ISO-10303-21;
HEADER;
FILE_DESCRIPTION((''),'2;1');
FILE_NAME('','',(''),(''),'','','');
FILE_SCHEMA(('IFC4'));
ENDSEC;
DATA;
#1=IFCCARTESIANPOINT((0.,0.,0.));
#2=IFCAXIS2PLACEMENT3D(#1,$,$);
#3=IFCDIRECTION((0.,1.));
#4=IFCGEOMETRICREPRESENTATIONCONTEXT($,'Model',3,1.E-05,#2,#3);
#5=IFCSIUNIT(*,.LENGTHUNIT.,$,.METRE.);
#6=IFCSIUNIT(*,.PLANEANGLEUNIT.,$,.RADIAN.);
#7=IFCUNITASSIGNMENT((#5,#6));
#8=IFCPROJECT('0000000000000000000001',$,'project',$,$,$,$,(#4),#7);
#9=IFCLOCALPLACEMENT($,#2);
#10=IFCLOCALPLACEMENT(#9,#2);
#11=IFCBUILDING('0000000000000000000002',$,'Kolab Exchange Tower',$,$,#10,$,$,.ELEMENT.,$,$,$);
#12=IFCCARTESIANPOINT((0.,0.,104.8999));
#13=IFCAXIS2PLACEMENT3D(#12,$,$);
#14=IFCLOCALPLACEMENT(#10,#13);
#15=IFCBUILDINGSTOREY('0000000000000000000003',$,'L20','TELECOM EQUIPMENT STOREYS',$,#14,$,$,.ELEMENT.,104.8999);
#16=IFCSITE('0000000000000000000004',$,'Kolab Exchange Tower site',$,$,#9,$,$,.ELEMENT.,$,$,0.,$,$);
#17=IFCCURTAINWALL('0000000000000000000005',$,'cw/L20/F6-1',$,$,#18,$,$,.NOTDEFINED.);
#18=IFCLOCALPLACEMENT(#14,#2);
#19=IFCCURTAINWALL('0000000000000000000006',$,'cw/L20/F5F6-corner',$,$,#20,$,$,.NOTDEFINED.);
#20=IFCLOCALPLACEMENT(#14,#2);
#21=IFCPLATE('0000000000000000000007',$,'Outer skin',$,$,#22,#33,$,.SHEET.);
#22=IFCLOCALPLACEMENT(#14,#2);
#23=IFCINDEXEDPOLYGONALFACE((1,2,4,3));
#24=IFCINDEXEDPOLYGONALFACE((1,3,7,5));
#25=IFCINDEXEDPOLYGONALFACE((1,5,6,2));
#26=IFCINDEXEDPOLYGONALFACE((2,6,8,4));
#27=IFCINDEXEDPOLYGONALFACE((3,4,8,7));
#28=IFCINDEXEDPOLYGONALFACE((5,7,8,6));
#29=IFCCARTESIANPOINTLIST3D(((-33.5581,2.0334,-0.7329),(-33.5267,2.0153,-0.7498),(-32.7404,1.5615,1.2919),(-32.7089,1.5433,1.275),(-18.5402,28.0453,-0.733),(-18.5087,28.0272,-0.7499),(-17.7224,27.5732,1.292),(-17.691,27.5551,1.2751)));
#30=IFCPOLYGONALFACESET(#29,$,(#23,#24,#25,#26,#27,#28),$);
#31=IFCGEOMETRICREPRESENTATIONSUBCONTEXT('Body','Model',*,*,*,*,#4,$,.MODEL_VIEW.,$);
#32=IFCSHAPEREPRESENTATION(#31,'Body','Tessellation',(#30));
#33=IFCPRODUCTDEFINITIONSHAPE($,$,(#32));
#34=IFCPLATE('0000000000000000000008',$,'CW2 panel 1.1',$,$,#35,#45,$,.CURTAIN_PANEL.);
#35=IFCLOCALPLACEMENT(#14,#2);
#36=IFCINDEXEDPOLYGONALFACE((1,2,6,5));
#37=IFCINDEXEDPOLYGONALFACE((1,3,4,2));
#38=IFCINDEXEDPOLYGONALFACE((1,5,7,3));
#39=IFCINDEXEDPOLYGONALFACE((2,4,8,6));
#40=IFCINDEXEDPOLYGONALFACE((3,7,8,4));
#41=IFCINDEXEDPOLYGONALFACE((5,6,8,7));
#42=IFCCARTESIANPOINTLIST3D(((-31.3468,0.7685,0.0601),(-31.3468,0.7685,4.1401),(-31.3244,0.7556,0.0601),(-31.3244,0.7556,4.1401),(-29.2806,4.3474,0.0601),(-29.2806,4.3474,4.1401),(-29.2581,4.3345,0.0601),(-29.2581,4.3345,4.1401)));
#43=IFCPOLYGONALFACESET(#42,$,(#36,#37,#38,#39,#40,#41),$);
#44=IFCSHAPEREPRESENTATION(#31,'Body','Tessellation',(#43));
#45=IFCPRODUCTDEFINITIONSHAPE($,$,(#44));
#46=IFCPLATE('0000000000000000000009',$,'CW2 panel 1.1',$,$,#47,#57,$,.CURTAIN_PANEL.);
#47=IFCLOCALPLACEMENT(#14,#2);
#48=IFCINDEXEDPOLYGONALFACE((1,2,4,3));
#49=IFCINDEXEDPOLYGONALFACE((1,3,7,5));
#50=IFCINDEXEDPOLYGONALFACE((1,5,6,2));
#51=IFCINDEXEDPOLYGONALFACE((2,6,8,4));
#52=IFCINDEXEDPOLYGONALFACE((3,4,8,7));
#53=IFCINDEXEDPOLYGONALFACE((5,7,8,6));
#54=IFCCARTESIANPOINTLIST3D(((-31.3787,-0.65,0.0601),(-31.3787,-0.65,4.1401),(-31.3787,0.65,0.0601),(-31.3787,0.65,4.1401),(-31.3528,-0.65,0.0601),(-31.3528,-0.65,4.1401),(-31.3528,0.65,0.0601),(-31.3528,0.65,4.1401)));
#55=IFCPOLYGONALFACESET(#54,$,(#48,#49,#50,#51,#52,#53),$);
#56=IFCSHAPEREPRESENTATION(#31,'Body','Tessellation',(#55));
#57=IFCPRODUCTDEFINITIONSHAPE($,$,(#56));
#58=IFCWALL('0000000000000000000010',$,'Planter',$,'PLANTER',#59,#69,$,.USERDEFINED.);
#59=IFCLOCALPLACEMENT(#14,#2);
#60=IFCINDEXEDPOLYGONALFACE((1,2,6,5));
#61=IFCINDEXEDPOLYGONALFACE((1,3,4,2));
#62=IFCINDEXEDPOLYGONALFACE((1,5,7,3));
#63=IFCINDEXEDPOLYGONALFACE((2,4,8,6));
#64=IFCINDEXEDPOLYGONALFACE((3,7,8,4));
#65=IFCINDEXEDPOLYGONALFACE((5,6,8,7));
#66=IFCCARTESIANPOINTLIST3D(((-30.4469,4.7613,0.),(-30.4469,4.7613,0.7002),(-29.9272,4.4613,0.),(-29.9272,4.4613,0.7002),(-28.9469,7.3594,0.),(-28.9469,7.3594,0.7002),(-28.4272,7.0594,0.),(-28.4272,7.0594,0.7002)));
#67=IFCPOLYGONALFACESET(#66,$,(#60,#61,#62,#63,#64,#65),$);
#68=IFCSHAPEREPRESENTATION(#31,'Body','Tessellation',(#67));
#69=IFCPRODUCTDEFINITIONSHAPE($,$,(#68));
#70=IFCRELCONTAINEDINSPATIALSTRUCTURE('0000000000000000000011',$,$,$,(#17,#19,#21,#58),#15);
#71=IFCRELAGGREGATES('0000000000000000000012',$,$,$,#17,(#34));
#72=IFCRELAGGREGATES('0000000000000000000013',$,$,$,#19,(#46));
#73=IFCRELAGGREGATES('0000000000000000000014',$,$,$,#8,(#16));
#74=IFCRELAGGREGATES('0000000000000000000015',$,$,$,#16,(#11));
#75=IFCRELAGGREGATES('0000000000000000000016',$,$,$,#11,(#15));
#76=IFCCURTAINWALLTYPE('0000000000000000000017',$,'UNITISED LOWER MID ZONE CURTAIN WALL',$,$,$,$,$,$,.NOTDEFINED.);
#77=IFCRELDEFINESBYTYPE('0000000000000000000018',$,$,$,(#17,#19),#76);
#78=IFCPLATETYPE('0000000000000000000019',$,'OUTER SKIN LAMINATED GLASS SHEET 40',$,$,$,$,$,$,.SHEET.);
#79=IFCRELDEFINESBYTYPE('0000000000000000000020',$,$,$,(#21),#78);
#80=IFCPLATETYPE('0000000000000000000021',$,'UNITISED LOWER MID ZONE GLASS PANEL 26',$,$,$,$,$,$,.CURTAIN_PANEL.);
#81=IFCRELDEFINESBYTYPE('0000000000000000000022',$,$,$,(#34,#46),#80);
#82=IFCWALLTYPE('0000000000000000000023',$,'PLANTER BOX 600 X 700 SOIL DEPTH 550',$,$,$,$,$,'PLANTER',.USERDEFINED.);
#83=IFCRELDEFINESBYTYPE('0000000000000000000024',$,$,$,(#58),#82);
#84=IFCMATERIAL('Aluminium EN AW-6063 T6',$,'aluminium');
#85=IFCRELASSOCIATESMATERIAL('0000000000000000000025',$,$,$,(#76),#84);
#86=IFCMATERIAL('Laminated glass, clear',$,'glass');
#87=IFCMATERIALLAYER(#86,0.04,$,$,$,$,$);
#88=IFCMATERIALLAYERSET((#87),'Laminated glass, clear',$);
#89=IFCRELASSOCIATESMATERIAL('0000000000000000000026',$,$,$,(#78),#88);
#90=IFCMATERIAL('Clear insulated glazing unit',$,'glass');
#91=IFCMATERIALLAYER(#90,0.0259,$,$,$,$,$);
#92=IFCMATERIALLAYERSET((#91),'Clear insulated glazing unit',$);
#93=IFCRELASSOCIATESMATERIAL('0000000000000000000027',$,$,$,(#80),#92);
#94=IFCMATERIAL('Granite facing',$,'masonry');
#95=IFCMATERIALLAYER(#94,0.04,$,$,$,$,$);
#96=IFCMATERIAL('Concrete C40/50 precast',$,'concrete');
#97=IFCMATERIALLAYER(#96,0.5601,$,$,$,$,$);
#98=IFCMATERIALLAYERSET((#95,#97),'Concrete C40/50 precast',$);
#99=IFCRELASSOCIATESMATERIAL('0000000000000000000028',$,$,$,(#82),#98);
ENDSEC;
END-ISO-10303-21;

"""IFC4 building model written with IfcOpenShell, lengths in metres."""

from ifc_helpers import new_model, si_unit, direction, frame, frame_2d, origin, origin_2d, place, context, subcontext, project, spatial, polyline, rectangle, outline, extrude, material, layer, layer_set, type_object, element, aggregate, save


model = new_model("IFC4")

# Units and contexts
model_context = context("Model", 3, precision=1e-05, world=origin(), true_north=direction((0.0, 1.0)))
body_context = subcontext(model_context, "Body", "Model", "MODEL_VIEW")
ifc_project = project(units=[si_unit("LENGTHUNIT", "METRE"), si_unit("PLANEANGLEUNIT", "RADIAN")], contexts=[model_context])

# Site, building, storey
site_placement = place(None, origin())
site = spatial("IfcSite", under=ifc_project, at=site_placement, Name="Kolab Exchange Tower site", CompositionType="ELEMENT", RefElevation=0.0)
building_placement = place(site_placement, origin())
building = spatial("IfcBuilding", under=site, at=building_placement, Name="Kolab Exchange Tower", CompositionType="ELEMENT")
storey_placement = place(building_placement, frame((0.0, 0.0, 104.8999)))
storey = spatial("IfcBuildingStorey", under=building, at=storey_placement, Name="L20", Description="TELECOM EQUIPMENT STOREYS", CompositionType="ELEMENT", Elevation=104.8999)

# Curtain wall
ifc_material_1 = material(Name="Aluminium EN AW-6063 T6", Category="aluminium")
curtain_wall_type = type_object("IfcCurtainWallType", Name="UNITISED LOWER MID ZONE CURTAIN WALL", PredefinedType="NOTDEFINED", material=ifc_material_1)
curtain_wall_1_placement = place(storey_placement, origin())
curtain_wall_1 = element("IfcCurtainWall", 1, at=curtain_wall_1_placement, inside=storey, type_object=curtain_wall_type, Name="cw/L20/F6-1", PredefinedType="NOTDEFINED")

# Curtain wall
curtain_wall_2_placement = place(storey_placement, origin())
curtain_wall_2 = element("IfcCurtainWall", 2, at=curtain_wall_2_placement, inside=storey, type_object=curtain_wall_type, Name="cw/L20/F5F6-corner", PredefinedType="NOTDEFINED")

# Plates
ifc_material_2 = material(Name="Laminated glass, clear", Category="glass")
ifc_layer_1 = layer(ifc_material_2, 0.04)
ifc_layer_set_1 = layer_set([ifc_layer_1], Name="Laminated glass, clear")
plate_type_1 = type_object("IfcPlateType", Name="OUTER SKIN LAMINATED GLASS SHEET 40", PredefinedType="SHEET", material=ifc_layer_set_1)
plate_1_placement = place(storey_placement, frame((-33.5581, 2.0334, -0.7329), z_axis=(-0.784887, 0.453155, 0.422613), x_axis=(0.499999, 0.866026, -0.000002)))
element("IfcPlate", 3, at=plate_1_placement, inside=storey, type_object=plate_type_1, Name="Outer skin", PredefinedType="SHEET", context=body_context, shape_type="SweptSolid", body=[
    extrude(outline(polyline([(0.0, 0.0), (30.0359, 0.0), (30.036, -2.2343), (0.0001, -2.2342), (0.0, 0.0)])), origin(), (0.0, 0.0, -1.0), 0.04),
])
ifc_material_3 = material(Name="Clear insulated glazing unit", Category="glass")
ifc_layer_2 = layer(ifc_material_3, 0.0259)
ifc_layer_set_2 = layer_set([ifc_layer_2], Name="Clear insulated glazing unit")
plate_type_2 = type_object("IfcPlateType", Name="UNITISED LOWER MID ZONE GLASS PANEL 26", PredefinedType="CURTAIN_PANEL", material=ifc_layer_set_2)
plate_2_placement = place(storey_placement, frame((-30.3025, 2.5515, 0.0601), z_axis=(0.0, 0.0, 1.0), x_axis=(0.5, 0.866025, 0.0)))
plate_2 = element("IfcPlate", 4, at=plate_2_placement, type_object=plate_type_2, Name="CW2 panel 1.1", PredefinedType="CURTAIN_PANEL", context=body_context, shape_type="SweptSolid", body=[
    extrude(rectangle(XDim=4.1326, YDim=0.0259, at=origin_2d()), origin(), (0.0, 0.0, 1.0), 4.0801),
])
aggregate(curtain_wall_1, [plate_2])
plate_3_placement = place(storey_placement, frame((-31.3657, 0.0, 0.0601), z_axis=(0.0, 0.0, 1.0), x_axis=(0.0, 1.0, 0.0)))
plate_3 = element("IfcPlate", 5, at=plate_3_placement, type_object=plate_type_2, Name="CW2 panel 1.1", PredefinedType="CURTAIN_PANEL", context=body_context, shape_type="SweptSolid", body=[
    extrude(rectangle(XDim=1.3, YDim=0.0259, at=origin_2d()), origin(), (0.0, 0.0, 1.0), 4.0801),
])
aggregate(curtain_wall_2, [plate_3])

# Wall
ifc_material_4 = material(Name="Granite facing", Category="masonry")
ifc_layer_3 = layer(ifc_material_4, 0.04)
ifc_material_5 = material(Name="Concrete C40/50 precast", Category="concrete")
ifc_layer_4 = layer(ifc_material_5, 0.5601)
ifc_layer_set_3 = layer_set([ifc_layer_3, ifc_layer_4], Name="Concrete C40/50 precast")
wall_type = type_object("IfcWallType", Name="PLANTER BOX 600 X 700 SOIL DEPTH 550", ElementType="PLANTER", PredefinedType="USERDEFINED", material=ifc_layer_set_3)
wall_placement = place(storey_placement, frame((-30.187, 4.6113, 0.0), z_axis=(0.0, 0.0, 1.0), x_axis=(0.49999, 0.866031, 0.0)))
element("IfcWall", 6, at=wall_placement, inside=storey, type_object=wall_type, Name="Planter", ObjectType="PLANTER", PredefinedType="USERDEFINED", context=body_context, shape_type="SweptSolid", body=[
    extrude(rectangle(XDim=3.0, YDim=0.6001, at=frame_2d((1.5, 0.0))), origin(), (0.0, 0.0, 1.0), 0.7002),
])

save(model, "model.ifc")
